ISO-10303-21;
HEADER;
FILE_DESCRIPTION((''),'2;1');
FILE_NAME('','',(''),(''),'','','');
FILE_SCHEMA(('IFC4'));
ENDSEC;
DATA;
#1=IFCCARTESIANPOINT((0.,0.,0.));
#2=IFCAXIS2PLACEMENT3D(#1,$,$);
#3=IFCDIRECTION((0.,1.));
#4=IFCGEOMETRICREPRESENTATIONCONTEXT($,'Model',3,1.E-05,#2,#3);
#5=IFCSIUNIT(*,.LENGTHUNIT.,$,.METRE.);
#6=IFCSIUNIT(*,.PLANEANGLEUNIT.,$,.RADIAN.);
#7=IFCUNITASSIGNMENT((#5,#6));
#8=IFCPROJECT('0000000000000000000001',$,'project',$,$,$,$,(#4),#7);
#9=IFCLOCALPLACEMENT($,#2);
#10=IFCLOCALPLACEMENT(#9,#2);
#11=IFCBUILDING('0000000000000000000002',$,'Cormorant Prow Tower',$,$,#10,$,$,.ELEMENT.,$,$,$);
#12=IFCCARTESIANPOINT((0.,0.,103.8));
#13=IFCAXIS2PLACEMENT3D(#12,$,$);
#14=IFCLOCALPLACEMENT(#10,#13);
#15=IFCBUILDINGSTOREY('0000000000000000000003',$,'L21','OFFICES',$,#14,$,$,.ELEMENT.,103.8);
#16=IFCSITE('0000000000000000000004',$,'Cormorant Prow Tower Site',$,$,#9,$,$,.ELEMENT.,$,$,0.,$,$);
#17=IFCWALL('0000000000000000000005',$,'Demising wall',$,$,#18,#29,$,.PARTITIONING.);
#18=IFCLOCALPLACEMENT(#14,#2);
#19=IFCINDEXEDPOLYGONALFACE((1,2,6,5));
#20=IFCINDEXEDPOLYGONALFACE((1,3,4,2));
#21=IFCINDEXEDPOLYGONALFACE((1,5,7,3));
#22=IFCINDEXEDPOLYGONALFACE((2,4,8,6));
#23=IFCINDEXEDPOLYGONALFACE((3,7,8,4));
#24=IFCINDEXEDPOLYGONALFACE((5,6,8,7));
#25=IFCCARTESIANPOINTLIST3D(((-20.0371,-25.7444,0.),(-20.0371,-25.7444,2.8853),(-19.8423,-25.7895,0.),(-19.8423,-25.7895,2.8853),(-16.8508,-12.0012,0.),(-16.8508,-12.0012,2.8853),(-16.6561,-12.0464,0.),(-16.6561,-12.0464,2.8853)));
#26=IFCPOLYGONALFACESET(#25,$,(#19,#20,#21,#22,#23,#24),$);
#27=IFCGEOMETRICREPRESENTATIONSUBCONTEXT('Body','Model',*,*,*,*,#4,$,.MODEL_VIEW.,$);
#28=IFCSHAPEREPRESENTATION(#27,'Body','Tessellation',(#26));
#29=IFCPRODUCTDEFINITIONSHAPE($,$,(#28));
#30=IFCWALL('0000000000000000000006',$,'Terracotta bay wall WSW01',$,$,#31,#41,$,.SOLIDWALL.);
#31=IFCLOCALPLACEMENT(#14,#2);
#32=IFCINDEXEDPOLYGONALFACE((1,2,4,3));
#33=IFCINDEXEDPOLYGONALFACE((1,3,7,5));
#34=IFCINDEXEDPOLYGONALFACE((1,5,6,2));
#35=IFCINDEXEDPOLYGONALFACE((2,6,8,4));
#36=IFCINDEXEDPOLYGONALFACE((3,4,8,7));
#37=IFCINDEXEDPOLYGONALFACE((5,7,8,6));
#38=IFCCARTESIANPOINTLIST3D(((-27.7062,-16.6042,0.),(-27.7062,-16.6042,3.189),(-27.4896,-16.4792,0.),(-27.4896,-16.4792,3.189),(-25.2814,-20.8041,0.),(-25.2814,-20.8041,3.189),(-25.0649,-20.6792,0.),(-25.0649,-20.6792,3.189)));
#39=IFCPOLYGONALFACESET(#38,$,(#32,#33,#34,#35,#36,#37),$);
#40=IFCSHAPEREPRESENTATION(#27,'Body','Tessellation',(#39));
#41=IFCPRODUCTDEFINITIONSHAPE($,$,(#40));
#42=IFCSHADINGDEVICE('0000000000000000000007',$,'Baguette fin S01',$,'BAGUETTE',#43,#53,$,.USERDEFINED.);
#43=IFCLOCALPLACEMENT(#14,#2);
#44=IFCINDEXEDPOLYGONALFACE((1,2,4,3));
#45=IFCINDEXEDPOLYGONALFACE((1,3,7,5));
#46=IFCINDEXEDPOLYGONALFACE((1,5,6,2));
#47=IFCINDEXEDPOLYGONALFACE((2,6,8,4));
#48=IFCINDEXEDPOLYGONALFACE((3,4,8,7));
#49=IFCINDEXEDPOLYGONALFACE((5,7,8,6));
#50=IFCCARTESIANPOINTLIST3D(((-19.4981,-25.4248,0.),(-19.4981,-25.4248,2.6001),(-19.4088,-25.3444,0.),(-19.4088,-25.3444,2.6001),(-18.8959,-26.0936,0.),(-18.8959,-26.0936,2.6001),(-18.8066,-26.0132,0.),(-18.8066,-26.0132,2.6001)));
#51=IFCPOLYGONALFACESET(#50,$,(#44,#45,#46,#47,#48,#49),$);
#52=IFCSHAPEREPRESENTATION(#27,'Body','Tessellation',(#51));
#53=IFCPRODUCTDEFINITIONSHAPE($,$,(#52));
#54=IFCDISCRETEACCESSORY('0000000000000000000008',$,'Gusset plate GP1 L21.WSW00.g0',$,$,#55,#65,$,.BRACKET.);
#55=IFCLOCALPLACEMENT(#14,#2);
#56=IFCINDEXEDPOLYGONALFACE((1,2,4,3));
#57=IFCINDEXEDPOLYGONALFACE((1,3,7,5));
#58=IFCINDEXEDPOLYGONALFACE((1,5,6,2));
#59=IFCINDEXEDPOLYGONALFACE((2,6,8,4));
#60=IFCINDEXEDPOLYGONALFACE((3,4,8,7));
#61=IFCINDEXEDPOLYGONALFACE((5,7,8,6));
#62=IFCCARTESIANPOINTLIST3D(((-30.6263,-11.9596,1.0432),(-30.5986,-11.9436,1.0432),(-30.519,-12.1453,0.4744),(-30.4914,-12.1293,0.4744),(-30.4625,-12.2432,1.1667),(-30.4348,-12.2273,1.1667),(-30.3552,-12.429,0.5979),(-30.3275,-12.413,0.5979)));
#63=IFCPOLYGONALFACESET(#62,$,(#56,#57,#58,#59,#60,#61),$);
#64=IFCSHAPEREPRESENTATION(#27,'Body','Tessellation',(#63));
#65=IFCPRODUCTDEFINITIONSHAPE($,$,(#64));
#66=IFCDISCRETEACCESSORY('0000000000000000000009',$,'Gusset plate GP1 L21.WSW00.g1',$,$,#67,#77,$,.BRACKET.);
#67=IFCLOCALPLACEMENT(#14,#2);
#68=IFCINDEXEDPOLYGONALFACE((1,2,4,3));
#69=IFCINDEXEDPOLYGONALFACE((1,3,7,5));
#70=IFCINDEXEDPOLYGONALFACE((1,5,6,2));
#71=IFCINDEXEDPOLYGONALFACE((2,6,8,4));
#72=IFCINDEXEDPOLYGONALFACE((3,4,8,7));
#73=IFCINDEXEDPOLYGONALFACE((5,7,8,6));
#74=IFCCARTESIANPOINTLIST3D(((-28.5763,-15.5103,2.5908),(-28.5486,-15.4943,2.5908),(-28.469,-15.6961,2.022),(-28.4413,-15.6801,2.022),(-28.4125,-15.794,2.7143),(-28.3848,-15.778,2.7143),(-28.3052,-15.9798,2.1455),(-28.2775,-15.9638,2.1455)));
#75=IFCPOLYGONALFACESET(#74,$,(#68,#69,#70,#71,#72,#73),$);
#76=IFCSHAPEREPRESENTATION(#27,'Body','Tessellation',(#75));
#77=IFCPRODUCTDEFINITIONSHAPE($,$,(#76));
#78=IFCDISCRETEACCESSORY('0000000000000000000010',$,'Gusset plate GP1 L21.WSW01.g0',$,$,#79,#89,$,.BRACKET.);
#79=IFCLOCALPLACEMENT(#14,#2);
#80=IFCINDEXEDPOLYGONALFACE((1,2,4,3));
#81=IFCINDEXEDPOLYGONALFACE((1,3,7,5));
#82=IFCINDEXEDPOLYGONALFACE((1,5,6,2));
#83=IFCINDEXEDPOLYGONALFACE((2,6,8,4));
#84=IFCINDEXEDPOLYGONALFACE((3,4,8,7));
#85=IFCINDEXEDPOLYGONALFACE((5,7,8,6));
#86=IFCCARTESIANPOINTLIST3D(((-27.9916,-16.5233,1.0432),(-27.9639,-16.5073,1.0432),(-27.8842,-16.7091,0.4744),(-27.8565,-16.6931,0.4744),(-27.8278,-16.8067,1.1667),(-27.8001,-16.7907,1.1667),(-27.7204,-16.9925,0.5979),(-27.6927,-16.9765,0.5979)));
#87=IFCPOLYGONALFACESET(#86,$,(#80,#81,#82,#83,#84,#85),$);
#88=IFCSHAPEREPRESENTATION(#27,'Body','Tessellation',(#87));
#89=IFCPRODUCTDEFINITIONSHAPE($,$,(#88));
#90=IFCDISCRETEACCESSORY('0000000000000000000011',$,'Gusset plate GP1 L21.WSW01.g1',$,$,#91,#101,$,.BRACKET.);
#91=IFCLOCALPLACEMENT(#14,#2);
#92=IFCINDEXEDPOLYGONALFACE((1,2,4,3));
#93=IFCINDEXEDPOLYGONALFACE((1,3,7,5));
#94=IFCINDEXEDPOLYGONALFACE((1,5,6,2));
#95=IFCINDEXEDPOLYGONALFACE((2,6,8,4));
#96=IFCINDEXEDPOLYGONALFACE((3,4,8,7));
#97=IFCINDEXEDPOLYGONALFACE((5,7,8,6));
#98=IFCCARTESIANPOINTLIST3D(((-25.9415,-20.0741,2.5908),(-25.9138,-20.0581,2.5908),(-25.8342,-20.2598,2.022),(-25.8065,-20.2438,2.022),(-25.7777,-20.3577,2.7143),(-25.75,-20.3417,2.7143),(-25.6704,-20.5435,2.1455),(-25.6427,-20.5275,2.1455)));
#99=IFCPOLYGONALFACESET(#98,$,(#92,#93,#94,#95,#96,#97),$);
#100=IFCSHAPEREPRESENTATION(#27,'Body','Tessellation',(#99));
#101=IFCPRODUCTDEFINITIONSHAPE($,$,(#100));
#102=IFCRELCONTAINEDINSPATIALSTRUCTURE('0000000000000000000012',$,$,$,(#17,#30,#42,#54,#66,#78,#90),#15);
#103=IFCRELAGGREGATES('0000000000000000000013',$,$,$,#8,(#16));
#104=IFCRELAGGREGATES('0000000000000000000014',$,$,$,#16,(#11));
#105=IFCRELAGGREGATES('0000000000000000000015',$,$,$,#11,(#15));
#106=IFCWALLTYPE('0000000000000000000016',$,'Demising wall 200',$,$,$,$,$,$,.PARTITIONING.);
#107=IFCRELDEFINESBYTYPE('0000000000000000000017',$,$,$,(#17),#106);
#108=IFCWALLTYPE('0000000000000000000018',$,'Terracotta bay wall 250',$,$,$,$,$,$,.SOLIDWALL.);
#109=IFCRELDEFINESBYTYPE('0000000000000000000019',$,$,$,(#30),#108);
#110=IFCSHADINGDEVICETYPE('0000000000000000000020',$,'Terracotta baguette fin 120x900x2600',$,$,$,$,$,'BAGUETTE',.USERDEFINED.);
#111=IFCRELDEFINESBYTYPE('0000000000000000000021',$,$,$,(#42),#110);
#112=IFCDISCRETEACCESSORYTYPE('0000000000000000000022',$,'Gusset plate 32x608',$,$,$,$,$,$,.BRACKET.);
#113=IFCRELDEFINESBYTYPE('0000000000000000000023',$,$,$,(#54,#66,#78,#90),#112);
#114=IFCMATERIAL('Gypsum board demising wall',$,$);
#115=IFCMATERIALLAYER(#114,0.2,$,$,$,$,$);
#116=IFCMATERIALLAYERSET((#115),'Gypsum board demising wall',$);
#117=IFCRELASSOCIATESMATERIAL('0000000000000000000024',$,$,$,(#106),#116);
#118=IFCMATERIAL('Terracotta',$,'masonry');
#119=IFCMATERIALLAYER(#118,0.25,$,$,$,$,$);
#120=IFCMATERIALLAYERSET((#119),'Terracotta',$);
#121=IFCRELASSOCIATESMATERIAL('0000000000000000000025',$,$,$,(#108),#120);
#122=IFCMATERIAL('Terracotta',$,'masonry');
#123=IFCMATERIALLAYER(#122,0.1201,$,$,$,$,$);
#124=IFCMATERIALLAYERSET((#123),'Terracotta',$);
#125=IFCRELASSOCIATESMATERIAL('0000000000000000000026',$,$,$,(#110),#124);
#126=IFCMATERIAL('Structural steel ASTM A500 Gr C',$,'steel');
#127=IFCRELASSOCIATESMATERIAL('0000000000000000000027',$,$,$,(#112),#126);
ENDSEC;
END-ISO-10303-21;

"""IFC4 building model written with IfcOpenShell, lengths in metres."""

from ifc_helpers import new_model, si_unit, direction, frame, frame_2d, origin, origin_2d, place, context, subcontext, project, spatial, rectangle, extrude, material, layer, layer_set, material_profile, profile_set, type_object, element, save


model = new_model("IFC4")

# Units and contexts
model_context = context("Model", 3, precision=1e-05, world=origin(), true_north=direction((0.0, 1.0)))
body_context = subcontext(model_context, "Body", "Model", "MODEL_VIEW")
ifc_project = project(units=[si_unit("LENGTHUNIT", "METRE"), si_unit("PLANEANGLEUNIT", "RADIAN")], contexts=[model_context])

# Site, building, storey
site_placement = place(None, origin())
site = spatial("IfcSite", under=ifc_project, at=site_placement, Name="Cormorant Prow Tower Site", CompositionType="ELEMENT", RefElevation=0.0)
building_placement = place(site_placement, origin())
building = spatial("IfcBuilding", under=site, at=building_placement, Name="Cormorant Prow Tower", CompositionType="ELEMENT")
storey_placement = place(building_placement, frame((0.0, 0.0, 103.8)))
storey = spatial("IfcBuildingStorey", under=building, at=storey_placement, Name="L21", Description="OFFICES", CompositionType="ELEMENT", Elevation=103.8)

# Walls
ifc_material_1 = material(Name="Gypsum board demising wall")
ifc_layer_1 = layer(ifc_material_1, 0.2)
ifc_layer_set_1 = layer_set([ifc_layer_1], Name="Gypsum board demising wall")
wall_type_1 = type_object("IfcWallType", Name="Demising wall 200", PredefinedType="PARTITIONING", material=ifc_layer_set_1)
wall_1_placement = place(storey_placement, frame((-19.9397, -25.7668, 0.0), z_axis=(0.0, 0.0, 1.0), x_axis=(0.225854, 0.974161, 0.0)))
element("IfcWall", 1, at=wall_1_placement, inside=storey, type_object=wall_type_1, Name="Demising wall", PredefinedType="PARTITIONING", context=body_context, shape_type="SweptSolid", body=[
    extrude(rectangle(XDim=14.1077, YDim=0.2, at=frame_2d((7.0537, 0.0))), origin(), (0.0, 0.0, 1.0), 2.8853),
])
ifc_material_2 = material(Name="Terracotta", Category="masonry")
ifc_layer_2 = layer(ifc_material_2, 0.25)
ifc_layer_set_2 = layer_set([ifc_layer_2], Name="Terracotta")
wall_type_2 = type_object("IfcWallType", Name="Terracotta bay wall 250", PredefinedType="SOLIDWALL", material=ifc_layer_set_2)
wall_2_placement = place(storey_placement, frame((-27.5979, -16.5417, 0.0), z_axis=(0.0, 0.0, 1.0), x_axis=(0.499994, -0.866029, 0.0)))
element("IfcWall", 2, at=wall_2_placement, inside=storey, type_object=wall_type_2, Name="Terracotta bay wall WSW01", PredefinedType="SOLIDWALL", context=body_context, shape_type="SweptSolid", body=[
    extrude(rectangle(XDim=4.8496, YDim=0.25, at=frame_2d((2.4248, 0.0))), origin(), (0.0, 0.0, 1.0), 3.189),
])

# Shading device
ifc_material_3 = material(Name="Terracotta", Category="masonry")
ifc_layer_3 = layer(ifc_material_3, 0.1201)
ifc_layer_set_3 = layer_set([ifc_layer_3], Name="Terracotta")
shading_device_type = type_object("IfcShadingDeviceType", Name="Terracotta baguette fin 120x900x2600", ElementType="BAGUETTE", PredefinedType="USERDEFINED", material=ifc_layer_set_3)
shading_device_placement = place(storey_placement, frame((-19.1523, -25.719, 0.0), z_axis=(0.0, 0.0, 1.0), x_axis=(0.743145, 0.669131, 0.0)))
element("IfcShadingDevice", 3, at=shading_device_placement, inside=storey, type_object=shading_device_type, Name="Baguette fin S01", ObjectType="BAGUETTE", PredefinedType="USERDEFINED", context=body_context, shape_type="SweptSolid", body=[
    extrude(rectangle(XDim=0.1201, YDim=0.8999, at=origin_2d()), origin(), (0.0, 0.0, 1.0), 2.6001),
])

# Discrete accessories
ifc_material_4 = material(Name="Structural steel ASTM A500 Gr C", Category="steel")
ifc_material_profile_1 = material_profile(ifc_material_4, rectangle(XDim=0.032, YDim=0.6079, at=origin_2d()), Name="Gusset plate 32x608")
ifc_profile_set_1 = profile_set([ifc_material_profile_1], Name="Structural steel ASTM A500 Gr C")
discrete_accessory_type = type_object("IfcDiscreteAccessoryType", Name="Gusset plate 32x608", PredefinedType="BRACKET", material=ifc_profile_set_1)
for number, where, z_axis, x_axis, name in (
    (4, (-30.395, -12.3281, 0.8823), (-0.467903, 0.810288, -0.352845), (-0.865987, -0.500067, 0.0), "Gusset plate GP1 L21.WSW00.g0"),
    (5, (-28.5088, -15.5952, 2.3064), (0.467903, -0.810288, 0.352845), (0.865987, 0.500067, 0.0), "Gusset plate GP1 L21.WSW00.g1"),
):
    element("IfcDiscreteAccessory", number, at=place(storey_placement, frame(where, z_axis=z_axis, x_axis=x_axis)), inside=storey, type_object=discrete_accessory_type, Name=name, PredefinedType="BRACKET", context=body_context, shape_type="SweptSolid", body=[
        extrude(rectangle(XDim=0.032, YDim=0.6079, at=origin_2d()), origin(), (0.0, 0.0, 1.0), 0.3501),
    ])
discrete_accessory_1_placement = place(storey_placement, frame((-27.7603, -16.8916, 0.8823), z_axis=(-0.468168, 0.810049, -0.353044), x_axis=(-0.8658, -0.500389, 0.0)))
element("IfcDiscreteAccessory", 6, at=discrete_accessory_1_placement, inside=storey, type_object=discrete_accessory_type, Name="Gusset plate GP1 L21.WSW01.g0", PredefinedType="BRACKET", context=body_context, shape_type="SweptSolid", body=[
    extrude(rectangle(XDim=0.032, YDim=0.6079, at=origin_2d()), origin(), (0.0, 0.0, 1.0), 0.3499),
])
discrete_accessory_2_placement = place(storey_placement, frame((-25.874, -20.1589, 2.3064), z_axis=(0.467903, -0.810288, 0.352845), x_axis=(0.865987, 0.500067, 0.0)))
element("IfcDiscreteAccessory", 7, at=discrete_accessory_2_placement, inside=storey, type_object=discrete_accessory_type, Name="Gusset plate GP1 L21.WSW01.g1", PredefinedType="BRACKET", context=body_context, shape_type="SweptSolid", body=[
    extrude(rectangle(XDim=0.032, YDim=0.6079, at=origin_2d()), origin(), (0.0, 0.0, 1.0), 0.3501),
])

save(model, "model.ifc")
